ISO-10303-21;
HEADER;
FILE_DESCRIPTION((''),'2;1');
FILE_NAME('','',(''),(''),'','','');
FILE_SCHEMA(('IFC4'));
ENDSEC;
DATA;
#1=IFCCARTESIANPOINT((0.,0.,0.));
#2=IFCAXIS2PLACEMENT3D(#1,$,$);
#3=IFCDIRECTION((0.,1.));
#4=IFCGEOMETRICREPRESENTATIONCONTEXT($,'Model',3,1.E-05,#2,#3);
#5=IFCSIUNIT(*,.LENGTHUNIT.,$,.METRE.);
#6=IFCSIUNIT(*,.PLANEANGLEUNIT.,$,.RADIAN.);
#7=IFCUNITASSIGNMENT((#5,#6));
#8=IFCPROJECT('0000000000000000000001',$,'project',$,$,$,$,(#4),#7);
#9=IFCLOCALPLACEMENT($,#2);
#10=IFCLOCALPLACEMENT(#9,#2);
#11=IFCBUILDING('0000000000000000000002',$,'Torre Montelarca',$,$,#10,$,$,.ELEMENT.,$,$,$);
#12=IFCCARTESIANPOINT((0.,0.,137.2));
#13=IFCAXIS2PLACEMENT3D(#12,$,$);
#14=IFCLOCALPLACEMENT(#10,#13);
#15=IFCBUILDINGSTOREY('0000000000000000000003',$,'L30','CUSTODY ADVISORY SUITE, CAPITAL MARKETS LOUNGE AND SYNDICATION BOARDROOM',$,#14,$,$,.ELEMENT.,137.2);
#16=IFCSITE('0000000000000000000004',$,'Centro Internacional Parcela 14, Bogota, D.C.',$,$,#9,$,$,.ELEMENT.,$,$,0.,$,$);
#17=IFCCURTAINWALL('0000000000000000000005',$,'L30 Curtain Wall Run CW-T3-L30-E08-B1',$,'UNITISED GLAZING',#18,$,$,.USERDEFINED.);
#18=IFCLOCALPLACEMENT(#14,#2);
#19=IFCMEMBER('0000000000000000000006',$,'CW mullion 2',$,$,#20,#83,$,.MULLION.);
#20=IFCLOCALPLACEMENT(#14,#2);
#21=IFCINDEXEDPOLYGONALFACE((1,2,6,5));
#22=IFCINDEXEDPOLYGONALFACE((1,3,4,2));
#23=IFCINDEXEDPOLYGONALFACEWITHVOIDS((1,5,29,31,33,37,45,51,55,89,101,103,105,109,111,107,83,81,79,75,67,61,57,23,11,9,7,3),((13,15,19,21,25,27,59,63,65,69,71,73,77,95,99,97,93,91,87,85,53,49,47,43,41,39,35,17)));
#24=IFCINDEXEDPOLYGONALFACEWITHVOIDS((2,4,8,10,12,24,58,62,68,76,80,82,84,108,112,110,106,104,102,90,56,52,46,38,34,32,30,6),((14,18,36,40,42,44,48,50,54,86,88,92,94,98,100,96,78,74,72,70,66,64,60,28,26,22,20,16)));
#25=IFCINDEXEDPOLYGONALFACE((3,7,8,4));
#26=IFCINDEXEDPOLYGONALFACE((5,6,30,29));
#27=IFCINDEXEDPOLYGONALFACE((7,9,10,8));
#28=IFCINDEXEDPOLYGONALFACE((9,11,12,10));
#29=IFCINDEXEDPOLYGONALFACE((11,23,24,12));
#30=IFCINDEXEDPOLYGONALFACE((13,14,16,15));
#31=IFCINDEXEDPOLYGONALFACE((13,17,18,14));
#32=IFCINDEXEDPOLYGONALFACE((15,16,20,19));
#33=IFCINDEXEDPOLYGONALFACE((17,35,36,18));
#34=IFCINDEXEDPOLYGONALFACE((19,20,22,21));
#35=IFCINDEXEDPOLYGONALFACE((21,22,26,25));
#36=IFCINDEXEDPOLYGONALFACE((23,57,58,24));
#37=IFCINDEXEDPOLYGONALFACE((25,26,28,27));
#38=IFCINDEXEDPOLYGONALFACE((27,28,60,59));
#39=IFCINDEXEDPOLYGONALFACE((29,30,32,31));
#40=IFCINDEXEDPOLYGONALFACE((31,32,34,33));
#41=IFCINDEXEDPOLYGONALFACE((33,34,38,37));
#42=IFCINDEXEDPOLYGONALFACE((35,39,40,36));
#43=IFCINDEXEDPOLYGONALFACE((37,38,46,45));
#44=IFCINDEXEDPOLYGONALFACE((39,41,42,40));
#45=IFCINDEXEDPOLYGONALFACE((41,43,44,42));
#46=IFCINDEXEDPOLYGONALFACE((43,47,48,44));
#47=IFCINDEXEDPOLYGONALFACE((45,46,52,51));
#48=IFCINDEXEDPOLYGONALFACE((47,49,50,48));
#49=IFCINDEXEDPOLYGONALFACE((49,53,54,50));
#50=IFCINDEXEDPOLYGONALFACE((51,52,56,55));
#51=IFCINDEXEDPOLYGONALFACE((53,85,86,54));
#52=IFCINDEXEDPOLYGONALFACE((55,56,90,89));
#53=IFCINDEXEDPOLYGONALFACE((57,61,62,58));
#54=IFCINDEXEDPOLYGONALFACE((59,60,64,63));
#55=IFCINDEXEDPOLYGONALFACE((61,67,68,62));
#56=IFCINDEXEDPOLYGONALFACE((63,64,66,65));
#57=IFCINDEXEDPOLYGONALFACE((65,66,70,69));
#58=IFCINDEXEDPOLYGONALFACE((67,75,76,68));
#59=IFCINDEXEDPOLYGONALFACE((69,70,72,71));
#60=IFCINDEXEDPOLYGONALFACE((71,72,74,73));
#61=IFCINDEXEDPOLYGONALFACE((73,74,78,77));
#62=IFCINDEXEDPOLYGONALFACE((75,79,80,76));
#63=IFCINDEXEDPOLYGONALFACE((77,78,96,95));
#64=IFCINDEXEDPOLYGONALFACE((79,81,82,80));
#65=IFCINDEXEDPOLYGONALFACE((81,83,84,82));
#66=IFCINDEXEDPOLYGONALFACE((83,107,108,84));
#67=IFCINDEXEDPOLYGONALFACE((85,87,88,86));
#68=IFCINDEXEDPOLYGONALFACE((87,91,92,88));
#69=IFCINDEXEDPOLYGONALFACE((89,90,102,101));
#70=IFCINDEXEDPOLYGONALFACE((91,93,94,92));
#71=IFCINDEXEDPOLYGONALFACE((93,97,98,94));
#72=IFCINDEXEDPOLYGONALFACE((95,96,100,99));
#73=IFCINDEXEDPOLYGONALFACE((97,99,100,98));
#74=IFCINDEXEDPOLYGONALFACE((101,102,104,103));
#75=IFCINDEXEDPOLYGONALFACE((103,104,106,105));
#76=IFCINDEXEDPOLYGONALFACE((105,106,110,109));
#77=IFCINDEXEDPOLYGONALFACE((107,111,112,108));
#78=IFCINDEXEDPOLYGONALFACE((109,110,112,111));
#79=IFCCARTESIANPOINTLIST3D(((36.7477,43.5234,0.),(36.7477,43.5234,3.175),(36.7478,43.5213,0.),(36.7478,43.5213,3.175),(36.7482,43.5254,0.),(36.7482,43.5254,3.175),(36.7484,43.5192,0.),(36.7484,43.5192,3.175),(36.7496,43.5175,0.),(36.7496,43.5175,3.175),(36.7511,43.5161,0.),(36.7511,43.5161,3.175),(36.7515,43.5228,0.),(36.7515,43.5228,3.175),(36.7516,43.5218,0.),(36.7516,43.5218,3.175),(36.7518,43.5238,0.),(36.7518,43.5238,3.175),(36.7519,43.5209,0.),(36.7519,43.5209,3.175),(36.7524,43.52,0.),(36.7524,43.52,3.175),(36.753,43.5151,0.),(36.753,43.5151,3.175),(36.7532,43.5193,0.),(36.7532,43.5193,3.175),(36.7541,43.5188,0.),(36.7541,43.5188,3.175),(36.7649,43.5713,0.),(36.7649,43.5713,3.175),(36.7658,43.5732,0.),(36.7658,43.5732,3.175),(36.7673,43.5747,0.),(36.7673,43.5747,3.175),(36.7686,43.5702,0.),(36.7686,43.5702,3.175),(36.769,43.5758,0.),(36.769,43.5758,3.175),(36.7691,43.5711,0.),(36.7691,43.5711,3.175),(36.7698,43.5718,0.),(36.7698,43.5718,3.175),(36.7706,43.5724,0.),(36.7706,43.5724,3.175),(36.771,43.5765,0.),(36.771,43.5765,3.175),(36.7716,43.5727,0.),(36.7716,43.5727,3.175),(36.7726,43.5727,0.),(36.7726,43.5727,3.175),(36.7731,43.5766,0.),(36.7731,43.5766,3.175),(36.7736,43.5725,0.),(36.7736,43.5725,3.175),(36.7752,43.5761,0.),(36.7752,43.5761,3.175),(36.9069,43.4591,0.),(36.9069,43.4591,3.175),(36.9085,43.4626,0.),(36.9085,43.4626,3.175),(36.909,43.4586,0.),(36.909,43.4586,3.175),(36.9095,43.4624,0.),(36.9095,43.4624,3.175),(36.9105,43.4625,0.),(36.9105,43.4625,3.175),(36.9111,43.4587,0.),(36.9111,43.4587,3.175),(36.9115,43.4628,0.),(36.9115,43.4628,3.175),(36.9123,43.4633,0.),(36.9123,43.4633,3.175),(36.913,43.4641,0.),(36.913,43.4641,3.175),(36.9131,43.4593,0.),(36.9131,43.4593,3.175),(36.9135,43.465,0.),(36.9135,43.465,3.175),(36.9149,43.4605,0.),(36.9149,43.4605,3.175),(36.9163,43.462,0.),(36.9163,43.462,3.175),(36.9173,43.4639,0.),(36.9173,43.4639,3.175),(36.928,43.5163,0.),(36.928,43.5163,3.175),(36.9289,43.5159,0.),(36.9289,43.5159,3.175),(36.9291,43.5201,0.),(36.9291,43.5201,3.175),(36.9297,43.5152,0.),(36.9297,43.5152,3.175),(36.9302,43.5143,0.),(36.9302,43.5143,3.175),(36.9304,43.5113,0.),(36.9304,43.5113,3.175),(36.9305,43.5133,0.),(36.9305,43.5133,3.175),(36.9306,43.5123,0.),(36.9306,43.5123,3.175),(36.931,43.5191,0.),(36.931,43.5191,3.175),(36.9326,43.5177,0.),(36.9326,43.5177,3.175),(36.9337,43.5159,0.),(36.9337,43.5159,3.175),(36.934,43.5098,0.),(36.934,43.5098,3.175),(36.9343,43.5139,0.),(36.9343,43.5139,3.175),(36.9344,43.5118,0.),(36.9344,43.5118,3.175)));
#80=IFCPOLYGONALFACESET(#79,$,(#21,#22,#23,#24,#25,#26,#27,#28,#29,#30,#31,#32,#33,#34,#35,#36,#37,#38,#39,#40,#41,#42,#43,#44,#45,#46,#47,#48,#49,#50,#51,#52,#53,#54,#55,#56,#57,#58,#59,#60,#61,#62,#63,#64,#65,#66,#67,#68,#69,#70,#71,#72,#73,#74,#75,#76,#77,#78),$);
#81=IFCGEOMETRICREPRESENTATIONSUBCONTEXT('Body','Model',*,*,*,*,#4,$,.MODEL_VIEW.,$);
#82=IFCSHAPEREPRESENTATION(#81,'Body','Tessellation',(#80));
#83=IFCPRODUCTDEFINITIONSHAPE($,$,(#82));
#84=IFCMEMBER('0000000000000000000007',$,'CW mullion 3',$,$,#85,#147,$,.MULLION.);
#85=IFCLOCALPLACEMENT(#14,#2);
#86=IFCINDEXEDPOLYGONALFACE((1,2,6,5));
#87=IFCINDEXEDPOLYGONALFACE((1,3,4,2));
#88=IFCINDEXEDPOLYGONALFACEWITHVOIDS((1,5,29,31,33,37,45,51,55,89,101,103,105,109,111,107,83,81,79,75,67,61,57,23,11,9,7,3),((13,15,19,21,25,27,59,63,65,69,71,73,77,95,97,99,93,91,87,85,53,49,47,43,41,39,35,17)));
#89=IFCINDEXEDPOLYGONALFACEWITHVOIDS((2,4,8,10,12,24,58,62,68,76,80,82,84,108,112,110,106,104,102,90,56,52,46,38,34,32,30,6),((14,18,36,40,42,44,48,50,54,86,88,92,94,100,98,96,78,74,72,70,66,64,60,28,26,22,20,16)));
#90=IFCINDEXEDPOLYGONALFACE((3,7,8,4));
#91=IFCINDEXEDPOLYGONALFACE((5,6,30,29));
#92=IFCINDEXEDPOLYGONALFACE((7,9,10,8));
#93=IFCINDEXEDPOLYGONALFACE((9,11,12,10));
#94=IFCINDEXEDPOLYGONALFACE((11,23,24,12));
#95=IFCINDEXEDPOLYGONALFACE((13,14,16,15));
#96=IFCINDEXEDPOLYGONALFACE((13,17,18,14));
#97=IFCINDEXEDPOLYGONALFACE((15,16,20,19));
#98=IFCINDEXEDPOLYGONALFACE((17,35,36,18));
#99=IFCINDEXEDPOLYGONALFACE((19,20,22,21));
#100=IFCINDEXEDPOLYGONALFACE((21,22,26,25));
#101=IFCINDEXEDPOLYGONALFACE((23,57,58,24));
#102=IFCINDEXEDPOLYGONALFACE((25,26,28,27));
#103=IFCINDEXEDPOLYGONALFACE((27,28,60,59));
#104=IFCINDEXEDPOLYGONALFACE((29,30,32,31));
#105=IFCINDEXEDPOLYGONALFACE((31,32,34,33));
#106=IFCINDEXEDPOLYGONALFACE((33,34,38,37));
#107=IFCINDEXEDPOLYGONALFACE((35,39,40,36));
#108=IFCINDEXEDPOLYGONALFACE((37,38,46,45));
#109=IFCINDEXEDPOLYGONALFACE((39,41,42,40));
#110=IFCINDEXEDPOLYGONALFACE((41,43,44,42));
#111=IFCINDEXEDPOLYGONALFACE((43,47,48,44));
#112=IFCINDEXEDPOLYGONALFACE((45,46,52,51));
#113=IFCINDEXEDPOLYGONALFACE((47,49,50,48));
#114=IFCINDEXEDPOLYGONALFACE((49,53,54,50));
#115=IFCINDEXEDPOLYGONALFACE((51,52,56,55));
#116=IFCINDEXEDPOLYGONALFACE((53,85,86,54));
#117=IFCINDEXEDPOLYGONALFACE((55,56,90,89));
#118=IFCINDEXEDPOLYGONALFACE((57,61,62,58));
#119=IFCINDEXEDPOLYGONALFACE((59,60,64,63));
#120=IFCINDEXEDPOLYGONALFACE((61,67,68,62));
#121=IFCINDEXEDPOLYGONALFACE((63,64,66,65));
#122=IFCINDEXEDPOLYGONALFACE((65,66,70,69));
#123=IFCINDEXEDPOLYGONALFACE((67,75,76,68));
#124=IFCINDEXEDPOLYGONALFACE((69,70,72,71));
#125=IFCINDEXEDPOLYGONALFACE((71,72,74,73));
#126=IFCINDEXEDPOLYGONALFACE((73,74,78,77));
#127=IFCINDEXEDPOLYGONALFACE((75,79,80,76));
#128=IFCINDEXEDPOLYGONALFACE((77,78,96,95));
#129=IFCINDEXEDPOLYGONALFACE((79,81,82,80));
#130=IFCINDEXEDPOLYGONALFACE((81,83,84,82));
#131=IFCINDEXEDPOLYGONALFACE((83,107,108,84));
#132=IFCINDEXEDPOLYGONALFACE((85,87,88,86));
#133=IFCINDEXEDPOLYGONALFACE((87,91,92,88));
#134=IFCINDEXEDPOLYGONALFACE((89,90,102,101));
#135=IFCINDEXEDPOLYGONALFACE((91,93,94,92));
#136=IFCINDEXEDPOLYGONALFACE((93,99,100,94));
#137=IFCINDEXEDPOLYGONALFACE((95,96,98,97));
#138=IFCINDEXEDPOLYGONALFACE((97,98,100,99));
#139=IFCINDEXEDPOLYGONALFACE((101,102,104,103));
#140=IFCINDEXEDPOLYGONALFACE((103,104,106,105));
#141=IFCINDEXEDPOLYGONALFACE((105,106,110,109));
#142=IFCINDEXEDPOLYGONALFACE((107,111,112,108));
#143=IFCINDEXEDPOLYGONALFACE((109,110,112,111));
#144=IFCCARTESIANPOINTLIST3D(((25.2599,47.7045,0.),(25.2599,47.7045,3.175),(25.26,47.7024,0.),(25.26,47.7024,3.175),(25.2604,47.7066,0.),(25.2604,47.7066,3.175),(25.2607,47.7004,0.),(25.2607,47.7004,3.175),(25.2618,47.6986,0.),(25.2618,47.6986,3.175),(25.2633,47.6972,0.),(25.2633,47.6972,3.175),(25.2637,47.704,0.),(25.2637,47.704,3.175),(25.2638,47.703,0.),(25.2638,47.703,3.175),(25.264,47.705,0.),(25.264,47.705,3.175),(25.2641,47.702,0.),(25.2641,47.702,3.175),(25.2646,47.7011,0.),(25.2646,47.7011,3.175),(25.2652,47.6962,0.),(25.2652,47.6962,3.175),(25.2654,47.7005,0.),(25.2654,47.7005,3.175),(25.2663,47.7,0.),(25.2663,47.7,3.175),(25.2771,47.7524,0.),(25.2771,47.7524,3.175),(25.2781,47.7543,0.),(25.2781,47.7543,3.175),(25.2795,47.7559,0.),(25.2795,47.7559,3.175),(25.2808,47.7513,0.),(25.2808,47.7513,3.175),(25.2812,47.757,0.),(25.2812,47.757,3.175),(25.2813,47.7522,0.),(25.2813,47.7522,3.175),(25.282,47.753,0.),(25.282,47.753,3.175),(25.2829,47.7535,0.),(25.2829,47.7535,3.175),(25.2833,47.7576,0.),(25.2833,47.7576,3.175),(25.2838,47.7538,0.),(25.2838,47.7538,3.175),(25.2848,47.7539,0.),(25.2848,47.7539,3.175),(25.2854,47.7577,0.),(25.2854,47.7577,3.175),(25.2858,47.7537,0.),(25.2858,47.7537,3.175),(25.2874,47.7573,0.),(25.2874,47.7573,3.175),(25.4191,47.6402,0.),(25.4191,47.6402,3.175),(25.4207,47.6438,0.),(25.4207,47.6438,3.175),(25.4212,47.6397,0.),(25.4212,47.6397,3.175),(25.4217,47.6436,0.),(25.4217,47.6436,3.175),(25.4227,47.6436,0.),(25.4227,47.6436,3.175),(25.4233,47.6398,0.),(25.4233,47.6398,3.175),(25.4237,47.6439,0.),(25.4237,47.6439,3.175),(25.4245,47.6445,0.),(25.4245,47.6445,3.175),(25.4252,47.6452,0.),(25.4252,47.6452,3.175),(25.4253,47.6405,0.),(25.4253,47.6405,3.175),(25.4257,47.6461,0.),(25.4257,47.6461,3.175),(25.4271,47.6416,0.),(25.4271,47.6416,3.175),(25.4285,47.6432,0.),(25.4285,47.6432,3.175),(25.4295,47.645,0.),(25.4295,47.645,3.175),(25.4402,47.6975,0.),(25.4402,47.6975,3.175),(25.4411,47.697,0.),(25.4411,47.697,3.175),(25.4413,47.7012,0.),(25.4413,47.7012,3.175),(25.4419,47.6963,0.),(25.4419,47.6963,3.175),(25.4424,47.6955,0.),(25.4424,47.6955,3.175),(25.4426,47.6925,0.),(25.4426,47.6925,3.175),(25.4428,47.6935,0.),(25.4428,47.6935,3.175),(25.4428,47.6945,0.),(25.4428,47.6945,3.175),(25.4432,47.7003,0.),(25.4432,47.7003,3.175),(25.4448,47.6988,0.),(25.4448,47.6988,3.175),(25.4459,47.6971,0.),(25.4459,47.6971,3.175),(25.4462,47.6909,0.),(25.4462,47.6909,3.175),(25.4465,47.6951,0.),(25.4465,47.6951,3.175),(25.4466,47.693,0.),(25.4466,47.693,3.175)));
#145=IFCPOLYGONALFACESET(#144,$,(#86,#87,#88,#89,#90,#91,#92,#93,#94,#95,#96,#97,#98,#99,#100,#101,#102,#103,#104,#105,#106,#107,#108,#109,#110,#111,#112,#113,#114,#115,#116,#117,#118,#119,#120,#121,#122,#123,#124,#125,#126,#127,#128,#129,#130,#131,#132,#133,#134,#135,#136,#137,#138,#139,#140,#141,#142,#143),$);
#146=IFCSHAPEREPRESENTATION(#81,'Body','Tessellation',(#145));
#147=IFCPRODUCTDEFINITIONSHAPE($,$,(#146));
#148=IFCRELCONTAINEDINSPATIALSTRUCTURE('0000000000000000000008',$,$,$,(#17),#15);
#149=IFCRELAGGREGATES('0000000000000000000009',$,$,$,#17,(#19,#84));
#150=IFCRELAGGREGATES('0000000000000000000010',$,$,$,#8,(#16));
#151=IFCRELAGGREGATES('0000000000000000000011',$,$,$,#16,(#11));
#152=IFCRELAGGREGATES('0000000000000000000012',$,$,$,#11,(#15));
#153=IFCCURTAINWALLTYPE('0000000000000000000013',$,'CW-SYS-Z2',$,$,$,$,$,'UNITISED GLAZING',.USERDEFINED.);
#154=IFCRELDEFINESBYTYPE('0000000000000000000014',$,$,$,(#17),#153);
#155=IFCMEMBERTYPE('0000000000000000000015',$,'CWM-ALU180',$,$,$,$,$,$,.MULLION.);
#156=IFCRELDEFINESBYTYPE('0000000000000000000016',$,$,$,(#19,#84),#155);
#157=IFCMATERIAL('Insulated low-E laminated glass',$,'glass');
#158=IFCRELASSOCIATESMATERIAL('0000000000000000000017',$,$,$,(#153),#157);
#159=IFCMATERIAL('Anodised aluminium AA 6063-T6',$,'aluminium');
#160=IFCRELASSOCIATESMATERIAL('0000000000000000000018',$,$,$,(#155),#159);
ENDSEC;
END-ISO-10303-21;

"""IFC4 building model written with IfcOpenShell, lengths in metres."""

from ifc_helpers import new_model, si_unit, direction, frame, origin, origin_2d, place, context, subcontext, project, spatial, hollow_rectangle, extrude, source, transform, mapped, material, material_profile, profile_set, type_object, element, aggregate, save


model = new_model("IFC4")

# Units and contexts
model_context = context("Model", 3, precision=1e-05, world=origin(), true_north=direction((0.0, 1.0)))
body_context = subcontext(model_context, "Body", "Model", "MODEL_VIEW")
ifc_project = project(units=[si_unit("LENGTHUNIT", "METRE"), si_unit("PLANEANGLEUNIT", "RADIAN")], contexts=[model_context])

# Site, building, storey
site_placement = place(None, origin())
site = spatial("IfcSite", under=ifc_project, at=site_placement, Name="Centro Internacional Parcela 14, Bogota, D.C.", CompositionType="ELEMENT", RefElevation=0.0)
building_placement = place(site_placement, origin())
building = spatial("IfcBuilding", under=site, at=building_placement, Name="Torre Montelarca", CompositionType="ELEMENT")
storey_placement = place(building_placement, frame((0.0, 0.0, 137.2)))
storey = spatial("IfcBuildingStorey", under=building, at=storey_placement, Name="L30", Description="CUSTODY ADVISORY SUITE, CAPITAL MARKETS LOUNGE AND SYNDICATION BOARDROOM", CompositionType="ELEMENT", Elevation=137.2)

# Curtain wall, members
ifc_material_1 = material(Name="Insulated low-E laminated glass", Category="glass")
curtain_wall_type = type_object("IfcCurtainWallType", Name="CW-SYS-Z2", ElementType="UNITISED GLAZING", PredefinedType="USERDEFINED", material=ifc_material_1)
curtain_wall_placement = place(storey_placement, origin())
curtain_wall = element("IfcCurtainWall", 1, at=curtain_wall_placement, inside=storey, type_object=curtain_wall_type, Name="L30 Curtain Wall Run CW-T3-L30-E08-B1", ObjectType="UNITISED GLAZING", PredefinedType="USERDEFINED")
ifc_material_2 = material(Name="Anodised aluminium AA 6063-T6", Category="aluminium")
ifc_material_profile_1 = material_profile(ifc_material_2, hollow_rectangle(XDim=0.0649, YDim=0.1799, WallThickness=0.0039, InnerFilletRadius=0.0039, OuterFilletRadius=0.0081, at=origin_2d()), Name="ALU65X180X4", Category="aluminium")
ifc_profile_set_1 = profile_set([ifc_material_profile_1], Name="Anodised aluminium AA 6063-T6")
member_type_1 = type_object("IfcMemberType", Name="CWM-ALU180", PredefinedType="MULLION", material=ifc_profile_set_1)
shared_shape_1 = source(origin(), body_context, "Body", "SweptSolid", [
    extrude(hollow_rectangle(XDim=0.0649, YDim=0.1799, WallThickness=0.0039, InnerFilletRadius=0.0039, OuterFilletRadius=0.0081, at=origin_2d()), origin(), (0.0, 0.0, 1.0), 3.175),
])
member_1_placement = place(storey_placement, frame((36.8411, 43.5176, 0.0), z_axis=(0.0, 0.0, 1.0), x_axis=(-0.342017, -0.939694, 0.0)))
member_1 = element("IfcMember", 2, at=member_1_placement, type_object=member_type_1, Name="CW mullion 2", PredefinedType="MULLION", context=body_context, shape_type="MappedRepresentation", body=[
    mapped(shared_shape_1, transform((0.0, 0.0, 0.0), scale=1.0)),
])
member_2_placement = place(storey_placement, frame((25.3533, 47.6987, 0.0), z_axis=(0.0, 0.0, 1.0), x_axis=(-0.342017, -0.939694, 0.0)))
member_2 = element("IfcMember", 3, at=member_2_placement, type_object=member_type_1, Name="CW mullion 3", PredefinedType="MULLION", context=body_context, shape_type="MappedRepresentation", body=[
    mapped(shared_shape_1, transform((0.0, 0.0, 0.0), scale=1.0)),
])
aggregate(curtain_wall, [member_1, member_2])

save(model, "model.ifc")
